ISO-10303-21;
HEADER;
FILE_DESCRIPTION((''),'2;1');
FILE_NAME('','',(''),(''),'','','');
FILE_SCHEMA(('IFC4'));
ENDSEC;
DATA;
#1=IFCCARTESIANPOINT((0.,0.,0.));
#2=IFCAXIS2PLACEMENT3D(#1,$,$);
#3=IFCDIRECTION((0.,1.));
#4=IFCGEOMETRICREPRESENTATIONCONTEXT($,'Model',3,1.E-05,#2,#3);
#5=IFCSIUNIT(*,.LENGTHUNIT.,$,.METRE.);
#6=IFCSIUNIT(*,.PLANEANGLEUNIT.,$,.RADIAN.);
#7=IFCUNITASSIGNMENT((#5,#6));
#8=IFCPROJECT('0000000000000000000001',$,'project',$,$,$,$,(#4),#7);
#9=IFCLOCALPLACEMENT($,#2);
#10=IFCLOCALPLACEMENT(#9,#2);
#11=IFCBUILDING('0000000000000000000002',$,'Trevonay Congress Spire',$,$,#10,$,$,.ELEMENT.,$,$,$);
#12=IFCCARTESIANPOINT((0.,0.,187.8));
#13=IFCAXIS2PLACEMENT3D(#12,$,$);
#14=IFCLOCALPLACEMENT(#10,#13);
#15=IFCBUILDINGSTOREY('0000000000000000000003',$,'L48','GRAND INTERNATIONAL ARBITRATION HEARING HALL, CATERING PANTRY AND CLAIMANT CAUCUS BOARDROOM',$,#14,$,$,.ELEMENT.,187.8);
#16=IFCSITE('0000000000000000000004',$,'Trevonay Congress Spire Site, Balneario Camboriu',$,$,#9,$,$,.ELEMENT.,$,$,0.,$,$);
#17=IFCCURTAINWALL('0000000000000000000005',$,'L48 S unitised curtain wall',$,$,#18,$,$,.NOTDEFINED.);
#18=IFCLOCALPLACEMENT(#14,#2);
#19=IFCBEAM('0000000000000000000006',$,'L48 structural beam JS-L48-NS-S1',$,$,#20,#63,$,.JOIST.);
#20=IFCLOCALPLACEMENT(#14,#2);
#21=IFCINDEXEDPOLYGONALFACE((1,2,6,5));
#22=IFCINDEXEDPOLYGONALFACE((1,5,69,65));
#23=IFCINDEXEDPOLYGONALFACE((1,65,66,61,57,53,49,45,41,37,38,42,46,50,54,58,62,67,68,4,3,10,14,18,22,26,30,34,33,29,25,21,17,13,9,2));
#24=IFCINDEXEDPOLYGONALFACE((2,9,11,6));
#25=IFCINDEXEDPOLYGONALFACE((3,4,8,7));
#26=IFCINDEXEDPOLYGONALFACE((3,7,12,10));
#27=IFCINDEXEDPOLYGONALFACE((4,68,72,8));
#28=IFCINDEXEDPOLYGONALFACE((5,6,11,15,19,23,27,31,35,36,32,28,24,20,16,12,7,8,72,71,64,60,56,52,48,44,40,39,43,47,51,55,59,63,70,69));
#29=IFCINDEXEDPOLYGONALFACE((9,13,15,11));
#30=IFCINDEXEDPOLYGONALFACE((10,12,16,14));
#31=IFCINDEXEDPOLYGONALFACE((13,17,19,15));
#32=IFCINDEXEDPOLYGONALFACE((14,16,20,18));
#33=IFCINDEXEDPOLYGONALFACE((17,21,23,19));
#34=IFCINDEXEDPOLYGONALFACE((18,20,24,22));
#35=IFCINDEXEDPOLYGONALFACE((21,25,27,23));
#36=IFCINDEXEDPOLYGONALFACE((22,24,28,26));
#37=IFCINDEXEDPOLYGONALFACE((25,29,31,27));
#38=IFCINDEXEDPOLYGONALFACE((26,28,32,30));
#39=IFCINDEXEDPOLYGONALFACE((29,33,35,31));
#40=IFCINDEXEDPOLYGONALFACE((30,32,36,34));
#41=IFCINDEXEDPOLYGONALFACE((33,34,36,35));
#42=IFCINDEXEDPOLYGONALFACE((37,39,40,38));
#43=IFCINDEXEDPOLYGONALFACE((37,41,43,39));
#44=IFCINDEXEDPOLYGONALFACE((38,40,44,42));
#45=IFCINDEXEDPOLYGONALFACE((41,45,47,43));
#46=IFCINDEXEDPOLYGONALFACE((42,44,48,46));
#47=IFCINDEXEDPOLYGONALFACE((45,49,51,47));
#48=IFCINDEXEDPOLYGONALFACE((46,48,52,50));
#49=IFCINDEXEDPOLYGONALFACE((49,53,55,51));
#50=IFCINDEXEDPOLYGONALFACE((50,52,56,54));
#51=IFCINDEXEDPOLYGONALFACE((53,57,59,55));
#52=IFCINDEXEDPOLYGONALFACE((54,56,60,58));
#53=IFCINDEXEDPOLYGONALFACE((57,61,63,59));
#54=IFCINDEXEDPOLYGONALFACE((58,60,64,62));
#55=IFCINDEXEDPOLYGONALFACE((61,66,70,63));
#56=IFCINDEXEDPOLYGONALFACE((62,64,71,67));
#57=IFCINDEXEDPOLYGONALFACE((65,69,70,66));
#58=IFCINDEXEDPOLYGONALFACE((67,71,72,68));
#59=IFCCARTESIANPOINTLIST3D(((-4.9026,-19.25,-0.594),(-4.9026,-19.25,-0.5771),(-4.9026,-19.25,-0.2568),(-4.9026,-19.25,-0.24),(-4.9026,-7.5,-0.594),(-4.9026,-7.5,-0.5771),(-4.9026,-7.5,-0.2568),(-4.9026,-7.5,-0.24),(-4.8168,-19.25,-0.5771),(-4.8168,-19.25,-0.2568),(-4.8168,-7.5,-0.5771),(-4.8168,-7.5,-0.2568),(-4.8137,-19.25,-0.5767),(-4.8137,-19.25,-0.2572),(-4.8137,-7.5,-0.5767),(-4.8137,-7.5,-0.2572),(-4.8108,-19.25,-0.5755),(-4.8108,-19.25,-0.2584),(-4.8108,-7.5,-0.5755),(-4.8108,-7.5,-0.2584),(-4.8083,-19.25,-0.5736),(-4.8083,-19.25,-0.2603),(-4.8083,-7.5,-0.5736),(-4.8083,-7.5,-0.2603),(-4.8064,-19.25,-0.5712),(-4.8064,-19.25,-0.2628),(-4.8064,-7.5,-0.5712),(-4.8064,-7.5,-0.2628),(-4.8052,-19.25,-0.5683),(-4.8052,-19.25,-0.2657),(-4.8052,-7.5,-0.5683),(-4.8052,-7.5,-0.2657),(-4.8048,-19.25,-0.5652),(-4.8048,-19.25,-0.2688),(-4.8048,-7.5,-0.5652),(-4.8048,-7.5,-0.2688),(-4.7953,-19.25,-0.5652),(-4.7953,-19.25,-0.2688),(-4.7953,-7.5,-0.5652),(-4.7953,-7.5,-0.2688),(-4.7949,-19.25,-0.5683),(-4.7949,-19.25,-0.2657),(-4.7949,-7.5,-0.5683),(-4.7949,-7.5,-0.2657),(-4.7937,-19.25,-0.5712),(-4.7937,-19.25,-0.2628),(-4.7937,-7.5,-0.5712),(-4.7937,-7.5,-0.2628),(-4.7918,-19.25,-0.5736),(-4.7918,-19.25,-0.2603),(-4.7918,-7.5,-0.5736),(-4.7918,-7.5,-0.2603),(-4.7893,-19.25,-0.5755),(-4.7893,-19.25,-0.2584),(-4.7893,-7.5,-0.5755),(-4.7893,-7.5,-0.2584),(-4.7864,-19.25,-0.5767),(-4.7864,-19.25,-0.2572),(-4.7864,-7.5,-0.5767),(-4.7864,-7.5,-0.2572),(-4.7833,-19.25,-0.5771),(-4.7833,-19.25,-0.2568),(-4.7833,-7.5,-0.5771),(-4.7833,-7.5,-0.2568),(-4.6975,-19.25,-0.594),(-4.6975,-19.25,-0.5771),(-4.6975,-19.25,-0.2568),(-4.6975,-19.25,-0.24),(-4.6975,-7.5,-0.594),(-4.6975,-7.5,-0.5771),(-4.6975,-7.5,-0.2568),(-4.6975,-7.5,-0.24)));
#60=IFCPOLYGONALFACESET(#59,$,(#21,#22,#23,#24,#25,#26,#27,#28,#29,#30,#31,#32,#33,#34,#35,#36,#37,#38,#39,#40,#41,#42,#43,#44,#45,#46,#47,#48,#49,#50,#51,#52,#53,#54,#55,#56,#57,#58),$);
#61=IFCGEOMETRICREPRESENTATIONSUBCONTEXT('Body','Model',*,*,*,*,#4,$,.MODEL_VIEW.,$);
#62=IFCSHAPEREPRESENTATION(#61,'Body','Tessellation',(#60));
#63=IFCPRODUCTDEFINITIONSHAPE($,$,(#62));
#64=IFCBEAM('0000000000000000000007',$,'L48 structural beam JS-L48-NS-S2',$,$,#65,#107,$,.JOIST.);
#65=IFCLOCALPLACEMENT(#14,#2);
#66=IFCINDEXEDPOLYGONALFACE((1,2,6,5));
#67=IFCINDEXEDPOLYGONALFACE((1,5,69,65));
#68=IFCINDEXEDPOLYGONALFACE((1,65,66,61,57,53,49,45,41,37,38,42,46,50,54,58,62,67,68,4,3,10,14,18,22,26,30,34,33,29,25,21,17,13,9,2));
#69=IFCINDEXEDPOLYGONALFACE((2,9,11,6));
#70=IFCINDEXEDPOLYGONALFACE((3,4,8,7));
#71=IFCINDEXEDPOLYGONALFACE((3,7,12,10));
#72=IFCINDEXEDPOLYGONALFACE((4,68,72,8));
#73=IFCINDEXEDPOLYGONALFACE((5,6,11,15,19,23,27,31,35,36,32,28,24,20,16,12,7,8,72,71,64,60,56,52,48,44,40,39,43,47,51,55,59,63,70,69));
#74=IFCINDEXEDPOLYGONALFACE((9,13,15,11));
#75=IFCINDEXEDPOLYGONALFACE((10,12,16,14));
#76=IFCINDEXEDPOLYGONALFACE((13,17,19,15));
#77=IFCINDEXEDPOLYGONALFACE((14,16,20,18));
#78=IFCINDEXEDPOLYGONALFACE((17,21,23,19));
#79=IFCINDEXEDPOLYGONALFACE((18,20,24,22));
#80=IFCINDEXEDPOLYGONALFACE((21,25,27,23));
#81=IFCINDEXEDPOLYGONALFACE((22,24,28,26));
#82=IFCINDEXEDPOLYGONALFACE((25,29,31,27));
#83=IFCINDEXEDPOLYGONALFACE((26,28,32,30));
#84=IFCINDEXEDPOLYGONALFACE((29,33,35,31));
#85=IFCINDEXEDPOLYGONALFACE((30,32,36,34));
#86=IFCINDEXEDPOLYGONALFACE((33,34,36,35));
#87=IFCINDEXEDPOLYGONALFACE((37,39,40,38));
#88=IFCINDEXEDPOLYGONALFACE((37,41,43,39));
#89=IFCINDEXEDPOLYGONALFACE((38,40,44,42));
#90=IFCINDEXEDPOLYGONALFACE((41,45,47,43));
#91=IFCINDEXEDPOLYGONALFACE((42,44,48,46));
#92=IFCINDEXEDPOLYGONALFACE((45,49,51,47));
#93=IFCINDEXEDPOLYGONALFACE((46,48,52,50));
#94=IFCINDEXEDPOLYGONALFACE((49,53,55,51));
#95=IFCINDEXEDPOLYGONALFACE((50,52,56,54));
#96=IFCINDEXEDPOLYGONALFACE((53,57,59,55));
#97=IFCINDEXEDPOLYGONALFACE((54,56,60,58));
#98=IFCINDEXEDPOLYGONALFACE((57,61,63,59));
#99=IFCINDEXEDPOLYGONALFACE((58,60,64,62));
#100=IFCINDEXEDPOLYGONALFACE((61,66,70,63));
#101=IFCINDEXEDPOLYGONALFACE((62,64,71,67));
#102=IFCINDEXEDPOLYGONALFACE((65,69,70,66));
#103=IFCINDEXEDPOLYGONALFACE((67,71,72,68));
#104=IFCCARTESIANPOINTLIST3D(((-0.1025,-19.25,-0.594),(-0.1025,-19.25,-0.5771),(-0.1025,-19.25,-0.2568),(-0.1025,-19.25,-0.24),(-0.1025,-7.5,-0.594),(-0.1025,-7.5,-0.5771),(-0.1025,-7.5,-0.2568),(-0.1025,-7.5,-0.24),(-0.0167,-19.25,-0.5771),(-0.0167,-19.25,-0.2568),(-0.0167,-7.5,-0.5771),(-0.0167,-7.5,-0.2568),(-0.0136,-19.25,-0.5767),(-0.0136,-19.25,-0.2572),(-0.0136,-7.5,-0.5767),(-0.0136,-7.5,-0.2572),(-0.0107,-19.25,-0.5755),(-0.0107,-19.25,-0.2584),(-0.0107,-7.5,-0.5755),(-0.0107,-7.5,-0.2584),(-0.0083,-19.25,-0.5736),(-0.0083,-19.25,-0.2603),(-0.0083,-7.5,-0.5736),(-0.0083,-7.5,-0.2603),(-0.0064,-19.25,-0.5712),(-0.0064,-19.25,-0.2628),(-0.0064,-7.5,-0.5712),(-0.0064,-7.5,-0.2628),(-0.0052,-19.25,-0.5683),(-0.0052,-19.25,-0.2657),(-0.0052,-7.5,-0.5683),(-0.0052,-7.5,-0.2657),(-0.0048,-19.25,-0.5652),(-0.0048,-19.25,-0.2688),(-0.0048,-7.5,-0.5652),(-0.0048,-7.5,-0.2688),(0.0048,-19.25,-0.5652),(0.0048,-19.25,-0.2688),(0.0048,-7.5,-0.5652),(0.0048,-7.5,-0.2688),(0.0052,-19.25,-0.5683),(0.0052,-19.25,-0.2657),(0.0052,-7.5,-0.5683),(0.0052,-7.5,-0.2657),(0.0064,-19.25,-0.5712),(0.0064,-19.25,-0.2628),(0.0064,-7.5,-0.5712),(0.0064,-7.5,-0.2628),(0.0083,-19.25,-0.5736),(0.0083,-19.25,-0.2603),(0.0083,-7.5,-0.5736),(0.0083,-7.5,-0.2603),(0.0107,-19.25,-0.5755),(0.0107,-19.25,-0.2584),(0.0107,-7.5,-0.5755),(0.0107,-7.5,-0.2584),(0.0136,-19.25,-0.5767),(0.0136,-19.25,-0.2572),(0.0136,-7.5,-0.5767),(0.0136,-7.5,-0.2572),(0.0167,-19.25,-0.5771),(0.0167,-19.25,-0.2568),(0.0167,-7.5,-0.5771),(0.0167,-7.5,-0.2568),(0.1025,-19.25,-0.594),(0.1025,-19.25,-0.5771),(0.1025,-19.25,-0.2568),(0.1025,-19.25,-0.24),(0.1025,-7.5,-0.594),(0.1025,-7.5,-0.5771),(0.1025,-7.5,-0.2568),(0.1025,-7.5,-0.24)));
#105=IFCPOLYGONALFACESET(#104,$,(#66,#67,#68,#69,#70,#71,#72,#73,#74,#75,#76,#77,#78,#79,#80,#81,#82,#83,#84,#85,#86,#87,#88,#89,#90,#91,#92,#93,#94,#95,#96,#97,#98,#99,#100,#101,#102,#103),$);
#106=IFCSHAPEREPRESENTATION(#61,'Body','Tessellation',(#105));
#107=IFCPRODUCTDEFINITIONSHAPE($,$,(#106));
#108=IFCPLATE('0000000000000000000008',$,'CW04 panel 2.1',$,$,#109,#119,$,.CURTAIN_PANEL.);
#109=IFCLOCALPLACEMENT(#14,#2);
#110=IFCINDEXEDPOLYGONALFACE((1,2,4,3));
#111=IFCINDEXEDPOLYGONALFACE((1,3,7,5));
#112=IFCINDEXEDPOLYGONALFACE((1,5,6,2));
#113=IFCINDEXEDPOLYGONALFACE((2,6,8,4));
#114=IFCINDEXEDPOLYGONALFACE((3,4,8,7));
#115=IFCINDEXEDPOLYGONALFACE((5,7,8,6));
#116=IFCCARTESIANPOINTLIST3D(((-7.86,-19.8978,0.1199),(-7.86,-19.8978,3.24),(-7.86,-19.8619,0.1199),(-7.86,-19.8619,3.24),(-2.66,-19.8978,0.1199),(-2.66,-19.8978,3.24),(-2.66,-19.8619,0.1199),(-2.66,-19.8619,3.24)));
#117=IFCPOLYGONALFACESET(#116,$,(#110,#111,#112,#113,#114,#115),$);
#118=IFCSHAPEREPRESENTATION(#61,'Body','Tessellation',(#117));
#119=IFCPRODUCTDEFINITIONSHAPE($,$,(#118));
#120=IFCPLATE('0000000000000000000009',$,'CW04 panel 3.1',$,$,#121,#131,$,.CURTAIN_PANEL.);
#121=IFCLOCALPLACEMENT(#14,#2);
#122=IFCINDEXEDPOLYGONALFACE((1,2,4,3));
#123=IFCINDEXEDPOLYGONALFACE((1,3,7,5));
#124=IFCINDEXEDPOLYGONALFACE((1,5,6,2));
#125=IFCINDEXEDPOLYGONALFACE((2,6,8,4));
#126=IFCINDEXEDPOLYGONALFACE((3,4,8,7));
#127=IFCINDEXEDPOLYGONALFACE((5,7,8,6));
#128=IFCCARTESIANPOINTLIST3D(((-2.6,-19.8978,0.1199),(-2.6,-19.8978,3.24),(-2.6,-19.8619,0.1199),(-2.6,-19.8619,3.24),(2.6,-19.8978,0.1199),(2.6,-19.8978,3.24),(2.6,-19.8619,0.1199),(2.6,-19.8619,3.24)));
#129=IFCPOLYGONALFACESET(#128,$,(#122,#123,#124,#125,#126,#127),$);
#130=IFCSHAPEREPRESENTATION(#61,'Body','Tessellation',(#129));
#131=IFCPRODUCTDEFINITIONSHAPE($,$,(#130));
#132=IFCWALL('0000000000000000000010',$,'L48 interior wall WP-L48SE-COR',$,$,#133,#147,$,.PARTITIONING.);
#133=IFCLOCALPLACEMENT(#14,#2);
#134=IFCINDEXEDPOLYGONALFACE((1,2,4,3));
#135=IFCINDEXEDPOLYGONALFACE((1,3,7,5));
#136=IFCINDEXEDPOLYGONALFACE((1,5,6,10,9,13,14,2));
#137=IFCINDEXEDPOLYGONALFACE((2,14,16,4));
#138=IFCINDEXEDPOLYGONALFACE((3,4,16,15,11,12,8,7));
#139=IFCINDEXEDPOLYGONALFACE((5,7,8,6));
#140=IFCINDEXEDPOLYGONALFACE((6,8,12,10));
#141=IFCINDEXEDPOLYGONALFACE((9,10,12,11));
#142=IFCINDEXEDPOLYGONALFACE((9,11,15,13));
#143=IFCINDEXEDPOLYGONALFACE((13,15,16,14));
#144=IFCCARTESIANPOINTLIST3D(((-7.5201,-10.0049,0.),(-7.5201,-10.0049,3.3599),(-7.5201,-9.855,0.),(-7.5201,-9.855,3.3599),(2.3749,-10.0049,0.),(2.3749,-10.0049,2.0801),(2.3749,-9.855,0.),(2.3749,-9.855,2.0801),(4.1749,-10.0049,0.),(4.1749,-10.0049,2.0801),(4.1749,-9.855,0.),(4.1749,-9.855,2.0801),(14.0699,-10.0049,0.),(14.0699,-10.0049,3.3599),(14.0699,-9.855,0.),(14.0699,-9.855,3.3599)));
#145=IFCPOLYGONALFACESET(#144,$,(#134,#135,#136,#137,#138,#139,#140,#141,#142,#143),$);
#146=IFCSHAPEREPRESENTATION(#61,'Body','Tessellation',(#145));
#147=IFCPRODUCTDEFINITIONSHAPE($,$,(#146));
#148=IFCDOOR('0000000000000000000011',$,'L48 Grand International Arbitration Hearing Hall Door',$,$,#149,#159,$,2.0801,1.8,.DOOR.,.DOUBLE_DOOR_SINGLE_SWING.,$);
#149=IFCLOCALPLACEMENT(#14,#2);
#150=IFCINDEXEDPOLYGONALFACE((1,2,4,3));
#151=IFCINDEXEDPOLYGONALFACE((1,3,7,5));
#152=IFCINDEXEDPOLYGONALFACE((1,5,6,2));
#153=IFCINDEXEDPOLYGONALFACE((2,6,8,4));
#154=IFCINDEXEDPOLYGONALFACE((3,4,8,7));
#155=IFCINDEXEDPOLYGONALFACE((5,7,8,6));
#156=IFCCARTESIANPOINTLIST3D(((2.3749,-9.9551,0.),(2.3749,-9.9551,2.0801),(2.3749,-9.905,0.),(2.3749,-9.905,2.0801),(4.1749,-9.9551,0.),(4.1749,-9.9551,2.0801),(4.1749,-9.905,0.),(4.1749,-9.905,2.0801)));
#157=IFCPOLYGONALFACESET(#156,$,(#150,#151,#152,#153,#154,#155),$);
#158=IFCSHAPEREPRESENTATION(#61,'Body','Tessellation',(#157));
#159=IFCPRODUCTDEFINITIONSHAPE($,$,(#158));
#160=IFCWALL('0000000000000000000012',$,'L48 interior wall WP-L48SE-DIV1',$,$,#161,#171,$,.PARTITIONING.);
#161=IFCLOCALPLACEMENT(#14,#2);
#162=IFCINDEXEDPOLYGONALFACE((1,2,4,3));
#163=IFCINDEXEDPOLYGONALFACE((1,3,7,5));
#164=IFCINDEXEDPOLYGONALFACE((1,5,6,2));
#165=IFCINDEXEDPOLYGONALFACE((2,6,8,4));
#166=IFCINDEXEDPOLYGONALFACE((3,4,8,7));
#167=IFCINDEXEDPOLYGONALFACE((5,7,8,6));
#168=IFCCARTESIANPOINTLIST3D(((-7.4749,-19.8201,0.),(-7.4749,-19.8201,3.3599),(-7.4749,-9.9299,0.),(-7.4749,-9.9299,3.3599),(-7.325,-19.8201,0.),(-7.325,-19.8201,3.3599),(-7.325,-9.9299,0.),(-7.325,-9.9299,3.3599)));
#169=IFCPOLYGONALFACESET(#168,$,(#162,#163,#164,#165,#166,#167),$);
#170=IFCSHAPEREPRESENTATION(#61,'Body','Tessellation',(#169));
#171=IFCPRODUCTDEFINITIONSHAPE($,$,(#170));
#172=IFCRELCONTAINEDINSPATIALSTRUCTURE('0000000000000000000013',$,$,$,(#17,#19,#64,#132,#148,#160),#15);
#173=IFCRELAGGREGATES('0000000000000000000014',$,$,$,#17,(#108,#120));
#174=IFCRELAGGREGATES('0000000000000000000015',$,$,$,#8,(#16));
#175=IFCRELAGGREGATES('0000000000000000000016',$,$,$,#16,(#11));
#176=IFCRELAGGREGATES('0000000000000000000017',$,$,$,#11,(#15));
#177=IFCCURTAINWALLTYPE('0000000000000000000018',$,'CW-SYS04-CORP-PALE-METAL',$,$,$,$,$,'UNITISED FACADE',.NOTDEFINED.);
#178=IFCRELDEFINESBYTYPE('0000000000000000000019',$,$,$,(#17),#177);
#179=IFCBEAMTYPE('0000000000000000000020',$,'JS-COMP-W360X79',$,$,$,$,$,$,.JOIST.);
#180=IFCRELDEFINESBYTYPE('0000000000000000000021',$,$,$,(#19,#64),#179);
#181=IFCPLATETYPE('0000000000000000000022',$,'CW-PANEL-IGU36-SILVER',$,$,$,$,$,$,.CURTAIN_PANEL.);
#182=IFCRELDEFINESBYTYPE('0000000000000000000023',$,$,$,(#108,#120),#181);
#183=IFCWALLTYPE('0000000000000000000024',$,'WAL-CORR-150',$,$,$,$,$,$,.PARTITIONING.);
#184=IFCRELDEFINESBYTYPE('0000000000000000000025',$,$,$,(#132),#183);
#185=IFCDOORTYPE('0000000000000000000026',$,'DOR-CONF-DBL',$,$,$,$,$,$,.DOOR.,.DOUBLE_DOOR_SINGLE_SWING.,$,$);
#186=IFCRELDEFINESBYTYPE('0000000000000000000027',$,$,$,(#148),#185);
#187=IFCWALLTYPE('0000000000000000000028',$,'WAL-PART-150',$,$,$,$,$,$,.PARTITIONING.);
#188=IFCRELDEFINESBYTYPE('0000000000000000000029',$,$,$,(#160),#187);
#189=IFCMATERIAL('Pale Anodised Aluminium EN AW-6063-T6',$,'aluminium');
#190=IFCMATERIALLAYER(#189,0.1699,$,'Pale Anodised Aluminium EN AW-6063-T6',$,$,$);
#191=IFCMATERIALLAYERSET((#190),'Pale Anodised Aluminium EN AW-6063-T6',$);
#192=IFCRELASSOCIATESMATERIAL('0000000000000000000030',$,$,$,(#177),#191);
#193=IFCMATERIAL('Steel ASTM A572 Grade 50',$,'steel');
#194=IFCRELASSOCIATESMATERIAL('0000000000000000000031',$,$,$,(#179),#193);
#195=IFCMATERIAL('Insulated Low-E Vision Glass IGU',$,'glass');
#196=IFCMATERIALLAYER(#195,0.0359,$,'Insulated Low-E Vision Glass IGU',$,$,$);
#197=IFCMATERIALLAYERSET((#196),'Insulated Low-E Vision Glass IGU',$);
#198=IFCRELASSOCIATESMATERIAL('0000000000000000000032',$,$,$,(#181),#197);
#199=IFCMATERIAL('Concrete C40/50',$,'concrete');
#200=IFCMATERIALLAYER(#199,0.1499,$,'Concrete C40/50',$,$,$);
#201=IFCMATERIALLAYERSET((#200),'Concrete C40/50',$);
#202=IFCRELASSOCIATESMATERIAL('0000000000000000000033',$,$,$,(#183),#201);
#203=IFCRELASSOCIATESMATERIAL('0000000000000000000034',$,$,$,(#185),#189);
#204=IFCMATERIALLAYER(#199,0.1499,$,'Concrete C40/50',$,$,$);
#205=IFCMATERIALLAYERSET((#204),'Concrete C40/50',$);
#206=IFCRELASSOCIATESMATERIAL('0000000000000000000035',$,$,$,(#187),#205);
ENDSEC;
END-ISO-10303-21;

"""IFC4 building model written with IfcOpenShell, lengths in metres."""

from ifc_helpers import new_model, si_unit, direction, frame, frame_2d, origin, origin_2d, place, context, subcontext, project, spatial, rectangle, i_section, extrude, material, layer, layer_set, material_profile, profile_set, type_object, element, fill, aggregate, save


model = new_model("IFC4")

# Units and contexts
model_context = context("Model", 3, precision=1e-05, world=origin(), true_north=direction((0.0, 1.0)))
body_context = subcontext(model_context, "Body", "Model", "MODEL_VIEW")
ifc_project = project(units=[si_unit("LENGTHUNIT", "METRE"), si_unit("PLANEANGLEUNIT", "RADIAN")], contexts=[model_context])

# Site, building, storey
site_placement = place(None, origin())
site = spatial("IfcSite", under=ifc_project, at=site_placement, Name="Trevonay Congress Spire Site, Balneario Camboriu", CompositionType="ELEMENT", RefElevation=0.0)
building_placement = place(site_placement, origin())
building = spatial("IfcBuilding", under=site, at=building_placement, Name="Trevonay Congress Spire", CompositionType="ELEMENT")
storey_placement = place(building_placement, frame((0.0, 0.0, 187.8)))
storey = spatial("IfcBuildingStorey", under=building, at=storey_placement, Name="L48", Description="GRAND INTERNATIONAL ARBITRATION HEARING HALL, CATERING PANTRY AND CLAIMANT CAUCUS BOARDROOM", CompositionType="ELEMENT", Elevation=187.8)

# Shared definitions
ifc_material_1 = material(Name="Steel ASTM A572 Grade 50", Category="steel")

# Curtain wall
ifc_material_2 = material(Name="Pale Anodised Aluminium EN AW-6063-T6", Category="aluminium")
ifc_layer_1 = layer(ifc_material_2, 0.1699, Name="Pale Anodised Aluminium EN AW-6063-T6")
ifc_layer_set_1 = layer_set([ifc_layer_1], Name="Pale Anodised Aluminium EN AW-6063-T6")
curtain_wall_type = type_object("IfcCurtainWallType", Name="CW-SYS04-CORP-PALE-METAL", ElementType="UNITISED FACADE", PredefinedType="NOTDEFINED", material=ifc_layer_set_1)
curtain_wall_placement = place(storey_placement, origin())
curtain_wall = element("IfcCurtainWall", 1, at=curtain_wall_placement, inside=storey, type_object=curtain_wall_type, Name="L48 S unitised curtain wall", PredefinedType="NOTDEFINED")

# Beams
ifc_material_profile_1 = material_profile(ifc_material_1, i_section(OverallWidth=0.2051, OverallDepth=0.354, WebThickness=0.0095, FlangeThickness=0.0168, FilletRadius=0.012, at=origin_2d()), Name="W360x79")
ifc_profile_set_1 = profile_set([ifc_material_profile_1], Name="Steel ASTM A572 Grade 50")
beam_type_1 = type_object("IfcBeamType", Name="JS-COMP-W360X79", PredefinedType="JOIST", material=ifc_profile_set_1)
for number, where, z_axis, x_axis, name in (
    (2, (-4.8, -19.25, -0.417), (0.0, 1.0, 0.0), (-1.0, 0.0, 0.0), "L48 structural beam JS-L48-NS-S1"),
    (3, (0.0, -19.25, -0.417), (0.0, 1.0, 0.0), (-1.0, 0.0, 0.0), "L48 structural beam JS-L48-NS-S2"),
):
    element("IfcBeam", number, at=place(storey_placement, frame(where, z_axis=z_axis, x_axis=x_axis)), inside=storey, type_object=beam_type_1, Name=name, PredefinedType="JOIST", context=body_context, shape_type="SweptSolid", body=[
        extrude(i_section(OverallWidth=0.2051, OverallDepth=0.354, WebThickness=0.0095, FlangeThickness=0.0168, FilletRadius=0.012, at=origin_2d()), origin(), (0.0, 0.0, 1.0), 11.75),
    ])

# Plates
ifc_material_3 = material(Name="Insulated Low-E Vision Glass IGU", Category="glass")
ifc_layer_2 = layer(ifc_material_3, 0.0359, Name="Insulated Low-E Vision Glass IGU")
ifc_layer_set_2 = layer_set([ifc_layer_2], Name="Insulated Low-E Vision Glass IGU")
plate_type = type_object("IfcPlateType", Name="CW-PANEL-IGU36-SILVER", PredefinedType="CURTAIN_PANEL", material=ifc_layer_set_2)
plate_1_placement = place(storey_placement, frame((-5.26, -19.8799, 0.1199), z_axis=(0.0, 0.0, 1.0), x_axis=(1.0, 0.0, 0.0)))
plate_1 = element("IfcPlate", 4, at=plate_1_placement, type_object=plate_type, Name="CW04 panel 2.1", PredefinedType="CURTAIN_PANEL", context=body_context, shape_type="SweptSolid", body=[
    extrude(rectangle(XDim=5.2, YDim=0.0359, at=origin_2d()), origin(), (0.0, 0.0, 1.0), 3.1201),
])
plate_2_placement = place(storey_placement, frame((0.0, -19.8799, 0.1199), z_axis=(0.0, 0.0, 1.0), x_axis=(1.0, 0.0, 0.0)))
plate_2 = element("IfcPlate", 5, at=plate_2_placement, type_object=plate_type, Name="CW04 panel 3.1", PredefinedType="CURTAIN_PANEL", context=body_context, shape_type="SweptSolid", body=[
    extrude(rectangle(XDim=5.2, YDim=0.0359, at=origin_2d()), origin(), (0.0, 0.0, 1.0), 3.1201),
])
aggregate(curtain_wall, [plate_1, plate_2])

# Wall, opening, door
ifc_material_4 = material(Name="Concrete C40/50", Category="concrete")
ifc_layer_3 = layer(ifc_material_4, 0.1499, Name="Concrete C40/50")
ifc_layer_set_3 = layer_set([ifc_layer_3], Name="Concrete C40/50")
wall_type_1 = type_object("IfcWallType", Name="WAL-CORR-150", PredefinedType="PARTITIONING", material=ifc_layer_set_3)
wall_1_placement = place(storey_placement, frame((-7.52, -9.9299, 0.0), z_axis=(0.0, 0.0, 1.0), x_axis=(1.0, 0.0, 0.0)))
wall_1 = element("IfcWall", 6, at=wall_1_placement, inside=storey, type_object=wall_type_1, Name="L48 interior wall WP-L48SE-COR", PredefinedType="PARTITIONING", context=body_context, shape_type="SweptSolid", body=[
    extrude(rectangle(XDim=21.5901, YDim=0.1499, at=frame_2d((10.7949, 0.0))), origin(), (0.0, 0.0, 1.0), 3.3599),
])
opening_placement = place(wall_1_placement, frame((9.895, 0.0, 0.0)))
opening = element("IfcOpeningElement", 7, at=opening_placement, cuts=wall_1, PredefinedType="OPENING", context=body_context, shape_type="SweptSolid", body=[
    extrude(rectangle(XDim=1.8, YDim=2.0801, at=frame_2d((0.8999, 1.04))), frame((0.0, 0.085, 0.0), z_axis=(0.0, -1.0, 0.0), x_axis=(1.0, 0.0, 0.0)), (0.0, 0.0, 1.0), 0.1699),
])
door_type = type_object("IfcDoorType", Name="DOR-CONF-DBL", OperationType="DOUBLE_DOOR_SINGLE_SWING", PredefinedType="DOOR", material=ifc_material_2)
door_placement = place(opening_placement, origin())
door = element("IfcDoor", 8, at=door_placement, inside=storey, type_object=door_type, Name="L48 Grand International Arbitration Hearing Hall Door", OperationType="DOUBLE_DOOR_SINGLE_SWING", OverallHeight=2.0801, OverallWidth=1.8, PredefinedType="DOOR", context=body_context, shape_type="SweptSolid", body=[
    extrude(rectangle(XDim=1.8, YDim=2.0801, at=frame_2d((0.8999, 1.04))), frame((0.0, 0.0249, 0.0), z_axis=(0.0, -1.0, 0.0), x_axis=(1.0, 0.0, 0.0)), (0.0, 0.0, 1.0), 0.05),
])
fill(opening, door)

# Wall
ifc_layer_4 = layer(ifc_material_4, 0.1499, Name="Concrete C40/50")
ifc_layer_set_4 = layer_set([ifc_layer_4], Name="Concrete C40/50")
wall_type_2 = type_object("IfcWallType", Name="WAL-PART-150", PredefinedType="PARTITIONING", material=ifc_layer_set_4)
wall_2_placement = place(storey_placement, frame((-7.3999, -19.8201, 0.0), z_axis=(0.0, 0.0, 1.0), x_axis=(0.0, 1.0, 0.0)))
element("IfcWall", 9, at=wall_2_placement, inside=storey, type_object=wall_type_2, Name="L48 interior wall WP-L48SE-DIV1", PredefinedType="PARTITIONING", context=body_context, shape_type="SweptSolid", body=[
    extrude(rectangle(XDim=9.8901, YDim=0.1499, at=frame_2d((4.9451, 0.0))), origin(), (0.0, 0.0, 1.0), 3.3599),
])

save(model, "model.ifc")
